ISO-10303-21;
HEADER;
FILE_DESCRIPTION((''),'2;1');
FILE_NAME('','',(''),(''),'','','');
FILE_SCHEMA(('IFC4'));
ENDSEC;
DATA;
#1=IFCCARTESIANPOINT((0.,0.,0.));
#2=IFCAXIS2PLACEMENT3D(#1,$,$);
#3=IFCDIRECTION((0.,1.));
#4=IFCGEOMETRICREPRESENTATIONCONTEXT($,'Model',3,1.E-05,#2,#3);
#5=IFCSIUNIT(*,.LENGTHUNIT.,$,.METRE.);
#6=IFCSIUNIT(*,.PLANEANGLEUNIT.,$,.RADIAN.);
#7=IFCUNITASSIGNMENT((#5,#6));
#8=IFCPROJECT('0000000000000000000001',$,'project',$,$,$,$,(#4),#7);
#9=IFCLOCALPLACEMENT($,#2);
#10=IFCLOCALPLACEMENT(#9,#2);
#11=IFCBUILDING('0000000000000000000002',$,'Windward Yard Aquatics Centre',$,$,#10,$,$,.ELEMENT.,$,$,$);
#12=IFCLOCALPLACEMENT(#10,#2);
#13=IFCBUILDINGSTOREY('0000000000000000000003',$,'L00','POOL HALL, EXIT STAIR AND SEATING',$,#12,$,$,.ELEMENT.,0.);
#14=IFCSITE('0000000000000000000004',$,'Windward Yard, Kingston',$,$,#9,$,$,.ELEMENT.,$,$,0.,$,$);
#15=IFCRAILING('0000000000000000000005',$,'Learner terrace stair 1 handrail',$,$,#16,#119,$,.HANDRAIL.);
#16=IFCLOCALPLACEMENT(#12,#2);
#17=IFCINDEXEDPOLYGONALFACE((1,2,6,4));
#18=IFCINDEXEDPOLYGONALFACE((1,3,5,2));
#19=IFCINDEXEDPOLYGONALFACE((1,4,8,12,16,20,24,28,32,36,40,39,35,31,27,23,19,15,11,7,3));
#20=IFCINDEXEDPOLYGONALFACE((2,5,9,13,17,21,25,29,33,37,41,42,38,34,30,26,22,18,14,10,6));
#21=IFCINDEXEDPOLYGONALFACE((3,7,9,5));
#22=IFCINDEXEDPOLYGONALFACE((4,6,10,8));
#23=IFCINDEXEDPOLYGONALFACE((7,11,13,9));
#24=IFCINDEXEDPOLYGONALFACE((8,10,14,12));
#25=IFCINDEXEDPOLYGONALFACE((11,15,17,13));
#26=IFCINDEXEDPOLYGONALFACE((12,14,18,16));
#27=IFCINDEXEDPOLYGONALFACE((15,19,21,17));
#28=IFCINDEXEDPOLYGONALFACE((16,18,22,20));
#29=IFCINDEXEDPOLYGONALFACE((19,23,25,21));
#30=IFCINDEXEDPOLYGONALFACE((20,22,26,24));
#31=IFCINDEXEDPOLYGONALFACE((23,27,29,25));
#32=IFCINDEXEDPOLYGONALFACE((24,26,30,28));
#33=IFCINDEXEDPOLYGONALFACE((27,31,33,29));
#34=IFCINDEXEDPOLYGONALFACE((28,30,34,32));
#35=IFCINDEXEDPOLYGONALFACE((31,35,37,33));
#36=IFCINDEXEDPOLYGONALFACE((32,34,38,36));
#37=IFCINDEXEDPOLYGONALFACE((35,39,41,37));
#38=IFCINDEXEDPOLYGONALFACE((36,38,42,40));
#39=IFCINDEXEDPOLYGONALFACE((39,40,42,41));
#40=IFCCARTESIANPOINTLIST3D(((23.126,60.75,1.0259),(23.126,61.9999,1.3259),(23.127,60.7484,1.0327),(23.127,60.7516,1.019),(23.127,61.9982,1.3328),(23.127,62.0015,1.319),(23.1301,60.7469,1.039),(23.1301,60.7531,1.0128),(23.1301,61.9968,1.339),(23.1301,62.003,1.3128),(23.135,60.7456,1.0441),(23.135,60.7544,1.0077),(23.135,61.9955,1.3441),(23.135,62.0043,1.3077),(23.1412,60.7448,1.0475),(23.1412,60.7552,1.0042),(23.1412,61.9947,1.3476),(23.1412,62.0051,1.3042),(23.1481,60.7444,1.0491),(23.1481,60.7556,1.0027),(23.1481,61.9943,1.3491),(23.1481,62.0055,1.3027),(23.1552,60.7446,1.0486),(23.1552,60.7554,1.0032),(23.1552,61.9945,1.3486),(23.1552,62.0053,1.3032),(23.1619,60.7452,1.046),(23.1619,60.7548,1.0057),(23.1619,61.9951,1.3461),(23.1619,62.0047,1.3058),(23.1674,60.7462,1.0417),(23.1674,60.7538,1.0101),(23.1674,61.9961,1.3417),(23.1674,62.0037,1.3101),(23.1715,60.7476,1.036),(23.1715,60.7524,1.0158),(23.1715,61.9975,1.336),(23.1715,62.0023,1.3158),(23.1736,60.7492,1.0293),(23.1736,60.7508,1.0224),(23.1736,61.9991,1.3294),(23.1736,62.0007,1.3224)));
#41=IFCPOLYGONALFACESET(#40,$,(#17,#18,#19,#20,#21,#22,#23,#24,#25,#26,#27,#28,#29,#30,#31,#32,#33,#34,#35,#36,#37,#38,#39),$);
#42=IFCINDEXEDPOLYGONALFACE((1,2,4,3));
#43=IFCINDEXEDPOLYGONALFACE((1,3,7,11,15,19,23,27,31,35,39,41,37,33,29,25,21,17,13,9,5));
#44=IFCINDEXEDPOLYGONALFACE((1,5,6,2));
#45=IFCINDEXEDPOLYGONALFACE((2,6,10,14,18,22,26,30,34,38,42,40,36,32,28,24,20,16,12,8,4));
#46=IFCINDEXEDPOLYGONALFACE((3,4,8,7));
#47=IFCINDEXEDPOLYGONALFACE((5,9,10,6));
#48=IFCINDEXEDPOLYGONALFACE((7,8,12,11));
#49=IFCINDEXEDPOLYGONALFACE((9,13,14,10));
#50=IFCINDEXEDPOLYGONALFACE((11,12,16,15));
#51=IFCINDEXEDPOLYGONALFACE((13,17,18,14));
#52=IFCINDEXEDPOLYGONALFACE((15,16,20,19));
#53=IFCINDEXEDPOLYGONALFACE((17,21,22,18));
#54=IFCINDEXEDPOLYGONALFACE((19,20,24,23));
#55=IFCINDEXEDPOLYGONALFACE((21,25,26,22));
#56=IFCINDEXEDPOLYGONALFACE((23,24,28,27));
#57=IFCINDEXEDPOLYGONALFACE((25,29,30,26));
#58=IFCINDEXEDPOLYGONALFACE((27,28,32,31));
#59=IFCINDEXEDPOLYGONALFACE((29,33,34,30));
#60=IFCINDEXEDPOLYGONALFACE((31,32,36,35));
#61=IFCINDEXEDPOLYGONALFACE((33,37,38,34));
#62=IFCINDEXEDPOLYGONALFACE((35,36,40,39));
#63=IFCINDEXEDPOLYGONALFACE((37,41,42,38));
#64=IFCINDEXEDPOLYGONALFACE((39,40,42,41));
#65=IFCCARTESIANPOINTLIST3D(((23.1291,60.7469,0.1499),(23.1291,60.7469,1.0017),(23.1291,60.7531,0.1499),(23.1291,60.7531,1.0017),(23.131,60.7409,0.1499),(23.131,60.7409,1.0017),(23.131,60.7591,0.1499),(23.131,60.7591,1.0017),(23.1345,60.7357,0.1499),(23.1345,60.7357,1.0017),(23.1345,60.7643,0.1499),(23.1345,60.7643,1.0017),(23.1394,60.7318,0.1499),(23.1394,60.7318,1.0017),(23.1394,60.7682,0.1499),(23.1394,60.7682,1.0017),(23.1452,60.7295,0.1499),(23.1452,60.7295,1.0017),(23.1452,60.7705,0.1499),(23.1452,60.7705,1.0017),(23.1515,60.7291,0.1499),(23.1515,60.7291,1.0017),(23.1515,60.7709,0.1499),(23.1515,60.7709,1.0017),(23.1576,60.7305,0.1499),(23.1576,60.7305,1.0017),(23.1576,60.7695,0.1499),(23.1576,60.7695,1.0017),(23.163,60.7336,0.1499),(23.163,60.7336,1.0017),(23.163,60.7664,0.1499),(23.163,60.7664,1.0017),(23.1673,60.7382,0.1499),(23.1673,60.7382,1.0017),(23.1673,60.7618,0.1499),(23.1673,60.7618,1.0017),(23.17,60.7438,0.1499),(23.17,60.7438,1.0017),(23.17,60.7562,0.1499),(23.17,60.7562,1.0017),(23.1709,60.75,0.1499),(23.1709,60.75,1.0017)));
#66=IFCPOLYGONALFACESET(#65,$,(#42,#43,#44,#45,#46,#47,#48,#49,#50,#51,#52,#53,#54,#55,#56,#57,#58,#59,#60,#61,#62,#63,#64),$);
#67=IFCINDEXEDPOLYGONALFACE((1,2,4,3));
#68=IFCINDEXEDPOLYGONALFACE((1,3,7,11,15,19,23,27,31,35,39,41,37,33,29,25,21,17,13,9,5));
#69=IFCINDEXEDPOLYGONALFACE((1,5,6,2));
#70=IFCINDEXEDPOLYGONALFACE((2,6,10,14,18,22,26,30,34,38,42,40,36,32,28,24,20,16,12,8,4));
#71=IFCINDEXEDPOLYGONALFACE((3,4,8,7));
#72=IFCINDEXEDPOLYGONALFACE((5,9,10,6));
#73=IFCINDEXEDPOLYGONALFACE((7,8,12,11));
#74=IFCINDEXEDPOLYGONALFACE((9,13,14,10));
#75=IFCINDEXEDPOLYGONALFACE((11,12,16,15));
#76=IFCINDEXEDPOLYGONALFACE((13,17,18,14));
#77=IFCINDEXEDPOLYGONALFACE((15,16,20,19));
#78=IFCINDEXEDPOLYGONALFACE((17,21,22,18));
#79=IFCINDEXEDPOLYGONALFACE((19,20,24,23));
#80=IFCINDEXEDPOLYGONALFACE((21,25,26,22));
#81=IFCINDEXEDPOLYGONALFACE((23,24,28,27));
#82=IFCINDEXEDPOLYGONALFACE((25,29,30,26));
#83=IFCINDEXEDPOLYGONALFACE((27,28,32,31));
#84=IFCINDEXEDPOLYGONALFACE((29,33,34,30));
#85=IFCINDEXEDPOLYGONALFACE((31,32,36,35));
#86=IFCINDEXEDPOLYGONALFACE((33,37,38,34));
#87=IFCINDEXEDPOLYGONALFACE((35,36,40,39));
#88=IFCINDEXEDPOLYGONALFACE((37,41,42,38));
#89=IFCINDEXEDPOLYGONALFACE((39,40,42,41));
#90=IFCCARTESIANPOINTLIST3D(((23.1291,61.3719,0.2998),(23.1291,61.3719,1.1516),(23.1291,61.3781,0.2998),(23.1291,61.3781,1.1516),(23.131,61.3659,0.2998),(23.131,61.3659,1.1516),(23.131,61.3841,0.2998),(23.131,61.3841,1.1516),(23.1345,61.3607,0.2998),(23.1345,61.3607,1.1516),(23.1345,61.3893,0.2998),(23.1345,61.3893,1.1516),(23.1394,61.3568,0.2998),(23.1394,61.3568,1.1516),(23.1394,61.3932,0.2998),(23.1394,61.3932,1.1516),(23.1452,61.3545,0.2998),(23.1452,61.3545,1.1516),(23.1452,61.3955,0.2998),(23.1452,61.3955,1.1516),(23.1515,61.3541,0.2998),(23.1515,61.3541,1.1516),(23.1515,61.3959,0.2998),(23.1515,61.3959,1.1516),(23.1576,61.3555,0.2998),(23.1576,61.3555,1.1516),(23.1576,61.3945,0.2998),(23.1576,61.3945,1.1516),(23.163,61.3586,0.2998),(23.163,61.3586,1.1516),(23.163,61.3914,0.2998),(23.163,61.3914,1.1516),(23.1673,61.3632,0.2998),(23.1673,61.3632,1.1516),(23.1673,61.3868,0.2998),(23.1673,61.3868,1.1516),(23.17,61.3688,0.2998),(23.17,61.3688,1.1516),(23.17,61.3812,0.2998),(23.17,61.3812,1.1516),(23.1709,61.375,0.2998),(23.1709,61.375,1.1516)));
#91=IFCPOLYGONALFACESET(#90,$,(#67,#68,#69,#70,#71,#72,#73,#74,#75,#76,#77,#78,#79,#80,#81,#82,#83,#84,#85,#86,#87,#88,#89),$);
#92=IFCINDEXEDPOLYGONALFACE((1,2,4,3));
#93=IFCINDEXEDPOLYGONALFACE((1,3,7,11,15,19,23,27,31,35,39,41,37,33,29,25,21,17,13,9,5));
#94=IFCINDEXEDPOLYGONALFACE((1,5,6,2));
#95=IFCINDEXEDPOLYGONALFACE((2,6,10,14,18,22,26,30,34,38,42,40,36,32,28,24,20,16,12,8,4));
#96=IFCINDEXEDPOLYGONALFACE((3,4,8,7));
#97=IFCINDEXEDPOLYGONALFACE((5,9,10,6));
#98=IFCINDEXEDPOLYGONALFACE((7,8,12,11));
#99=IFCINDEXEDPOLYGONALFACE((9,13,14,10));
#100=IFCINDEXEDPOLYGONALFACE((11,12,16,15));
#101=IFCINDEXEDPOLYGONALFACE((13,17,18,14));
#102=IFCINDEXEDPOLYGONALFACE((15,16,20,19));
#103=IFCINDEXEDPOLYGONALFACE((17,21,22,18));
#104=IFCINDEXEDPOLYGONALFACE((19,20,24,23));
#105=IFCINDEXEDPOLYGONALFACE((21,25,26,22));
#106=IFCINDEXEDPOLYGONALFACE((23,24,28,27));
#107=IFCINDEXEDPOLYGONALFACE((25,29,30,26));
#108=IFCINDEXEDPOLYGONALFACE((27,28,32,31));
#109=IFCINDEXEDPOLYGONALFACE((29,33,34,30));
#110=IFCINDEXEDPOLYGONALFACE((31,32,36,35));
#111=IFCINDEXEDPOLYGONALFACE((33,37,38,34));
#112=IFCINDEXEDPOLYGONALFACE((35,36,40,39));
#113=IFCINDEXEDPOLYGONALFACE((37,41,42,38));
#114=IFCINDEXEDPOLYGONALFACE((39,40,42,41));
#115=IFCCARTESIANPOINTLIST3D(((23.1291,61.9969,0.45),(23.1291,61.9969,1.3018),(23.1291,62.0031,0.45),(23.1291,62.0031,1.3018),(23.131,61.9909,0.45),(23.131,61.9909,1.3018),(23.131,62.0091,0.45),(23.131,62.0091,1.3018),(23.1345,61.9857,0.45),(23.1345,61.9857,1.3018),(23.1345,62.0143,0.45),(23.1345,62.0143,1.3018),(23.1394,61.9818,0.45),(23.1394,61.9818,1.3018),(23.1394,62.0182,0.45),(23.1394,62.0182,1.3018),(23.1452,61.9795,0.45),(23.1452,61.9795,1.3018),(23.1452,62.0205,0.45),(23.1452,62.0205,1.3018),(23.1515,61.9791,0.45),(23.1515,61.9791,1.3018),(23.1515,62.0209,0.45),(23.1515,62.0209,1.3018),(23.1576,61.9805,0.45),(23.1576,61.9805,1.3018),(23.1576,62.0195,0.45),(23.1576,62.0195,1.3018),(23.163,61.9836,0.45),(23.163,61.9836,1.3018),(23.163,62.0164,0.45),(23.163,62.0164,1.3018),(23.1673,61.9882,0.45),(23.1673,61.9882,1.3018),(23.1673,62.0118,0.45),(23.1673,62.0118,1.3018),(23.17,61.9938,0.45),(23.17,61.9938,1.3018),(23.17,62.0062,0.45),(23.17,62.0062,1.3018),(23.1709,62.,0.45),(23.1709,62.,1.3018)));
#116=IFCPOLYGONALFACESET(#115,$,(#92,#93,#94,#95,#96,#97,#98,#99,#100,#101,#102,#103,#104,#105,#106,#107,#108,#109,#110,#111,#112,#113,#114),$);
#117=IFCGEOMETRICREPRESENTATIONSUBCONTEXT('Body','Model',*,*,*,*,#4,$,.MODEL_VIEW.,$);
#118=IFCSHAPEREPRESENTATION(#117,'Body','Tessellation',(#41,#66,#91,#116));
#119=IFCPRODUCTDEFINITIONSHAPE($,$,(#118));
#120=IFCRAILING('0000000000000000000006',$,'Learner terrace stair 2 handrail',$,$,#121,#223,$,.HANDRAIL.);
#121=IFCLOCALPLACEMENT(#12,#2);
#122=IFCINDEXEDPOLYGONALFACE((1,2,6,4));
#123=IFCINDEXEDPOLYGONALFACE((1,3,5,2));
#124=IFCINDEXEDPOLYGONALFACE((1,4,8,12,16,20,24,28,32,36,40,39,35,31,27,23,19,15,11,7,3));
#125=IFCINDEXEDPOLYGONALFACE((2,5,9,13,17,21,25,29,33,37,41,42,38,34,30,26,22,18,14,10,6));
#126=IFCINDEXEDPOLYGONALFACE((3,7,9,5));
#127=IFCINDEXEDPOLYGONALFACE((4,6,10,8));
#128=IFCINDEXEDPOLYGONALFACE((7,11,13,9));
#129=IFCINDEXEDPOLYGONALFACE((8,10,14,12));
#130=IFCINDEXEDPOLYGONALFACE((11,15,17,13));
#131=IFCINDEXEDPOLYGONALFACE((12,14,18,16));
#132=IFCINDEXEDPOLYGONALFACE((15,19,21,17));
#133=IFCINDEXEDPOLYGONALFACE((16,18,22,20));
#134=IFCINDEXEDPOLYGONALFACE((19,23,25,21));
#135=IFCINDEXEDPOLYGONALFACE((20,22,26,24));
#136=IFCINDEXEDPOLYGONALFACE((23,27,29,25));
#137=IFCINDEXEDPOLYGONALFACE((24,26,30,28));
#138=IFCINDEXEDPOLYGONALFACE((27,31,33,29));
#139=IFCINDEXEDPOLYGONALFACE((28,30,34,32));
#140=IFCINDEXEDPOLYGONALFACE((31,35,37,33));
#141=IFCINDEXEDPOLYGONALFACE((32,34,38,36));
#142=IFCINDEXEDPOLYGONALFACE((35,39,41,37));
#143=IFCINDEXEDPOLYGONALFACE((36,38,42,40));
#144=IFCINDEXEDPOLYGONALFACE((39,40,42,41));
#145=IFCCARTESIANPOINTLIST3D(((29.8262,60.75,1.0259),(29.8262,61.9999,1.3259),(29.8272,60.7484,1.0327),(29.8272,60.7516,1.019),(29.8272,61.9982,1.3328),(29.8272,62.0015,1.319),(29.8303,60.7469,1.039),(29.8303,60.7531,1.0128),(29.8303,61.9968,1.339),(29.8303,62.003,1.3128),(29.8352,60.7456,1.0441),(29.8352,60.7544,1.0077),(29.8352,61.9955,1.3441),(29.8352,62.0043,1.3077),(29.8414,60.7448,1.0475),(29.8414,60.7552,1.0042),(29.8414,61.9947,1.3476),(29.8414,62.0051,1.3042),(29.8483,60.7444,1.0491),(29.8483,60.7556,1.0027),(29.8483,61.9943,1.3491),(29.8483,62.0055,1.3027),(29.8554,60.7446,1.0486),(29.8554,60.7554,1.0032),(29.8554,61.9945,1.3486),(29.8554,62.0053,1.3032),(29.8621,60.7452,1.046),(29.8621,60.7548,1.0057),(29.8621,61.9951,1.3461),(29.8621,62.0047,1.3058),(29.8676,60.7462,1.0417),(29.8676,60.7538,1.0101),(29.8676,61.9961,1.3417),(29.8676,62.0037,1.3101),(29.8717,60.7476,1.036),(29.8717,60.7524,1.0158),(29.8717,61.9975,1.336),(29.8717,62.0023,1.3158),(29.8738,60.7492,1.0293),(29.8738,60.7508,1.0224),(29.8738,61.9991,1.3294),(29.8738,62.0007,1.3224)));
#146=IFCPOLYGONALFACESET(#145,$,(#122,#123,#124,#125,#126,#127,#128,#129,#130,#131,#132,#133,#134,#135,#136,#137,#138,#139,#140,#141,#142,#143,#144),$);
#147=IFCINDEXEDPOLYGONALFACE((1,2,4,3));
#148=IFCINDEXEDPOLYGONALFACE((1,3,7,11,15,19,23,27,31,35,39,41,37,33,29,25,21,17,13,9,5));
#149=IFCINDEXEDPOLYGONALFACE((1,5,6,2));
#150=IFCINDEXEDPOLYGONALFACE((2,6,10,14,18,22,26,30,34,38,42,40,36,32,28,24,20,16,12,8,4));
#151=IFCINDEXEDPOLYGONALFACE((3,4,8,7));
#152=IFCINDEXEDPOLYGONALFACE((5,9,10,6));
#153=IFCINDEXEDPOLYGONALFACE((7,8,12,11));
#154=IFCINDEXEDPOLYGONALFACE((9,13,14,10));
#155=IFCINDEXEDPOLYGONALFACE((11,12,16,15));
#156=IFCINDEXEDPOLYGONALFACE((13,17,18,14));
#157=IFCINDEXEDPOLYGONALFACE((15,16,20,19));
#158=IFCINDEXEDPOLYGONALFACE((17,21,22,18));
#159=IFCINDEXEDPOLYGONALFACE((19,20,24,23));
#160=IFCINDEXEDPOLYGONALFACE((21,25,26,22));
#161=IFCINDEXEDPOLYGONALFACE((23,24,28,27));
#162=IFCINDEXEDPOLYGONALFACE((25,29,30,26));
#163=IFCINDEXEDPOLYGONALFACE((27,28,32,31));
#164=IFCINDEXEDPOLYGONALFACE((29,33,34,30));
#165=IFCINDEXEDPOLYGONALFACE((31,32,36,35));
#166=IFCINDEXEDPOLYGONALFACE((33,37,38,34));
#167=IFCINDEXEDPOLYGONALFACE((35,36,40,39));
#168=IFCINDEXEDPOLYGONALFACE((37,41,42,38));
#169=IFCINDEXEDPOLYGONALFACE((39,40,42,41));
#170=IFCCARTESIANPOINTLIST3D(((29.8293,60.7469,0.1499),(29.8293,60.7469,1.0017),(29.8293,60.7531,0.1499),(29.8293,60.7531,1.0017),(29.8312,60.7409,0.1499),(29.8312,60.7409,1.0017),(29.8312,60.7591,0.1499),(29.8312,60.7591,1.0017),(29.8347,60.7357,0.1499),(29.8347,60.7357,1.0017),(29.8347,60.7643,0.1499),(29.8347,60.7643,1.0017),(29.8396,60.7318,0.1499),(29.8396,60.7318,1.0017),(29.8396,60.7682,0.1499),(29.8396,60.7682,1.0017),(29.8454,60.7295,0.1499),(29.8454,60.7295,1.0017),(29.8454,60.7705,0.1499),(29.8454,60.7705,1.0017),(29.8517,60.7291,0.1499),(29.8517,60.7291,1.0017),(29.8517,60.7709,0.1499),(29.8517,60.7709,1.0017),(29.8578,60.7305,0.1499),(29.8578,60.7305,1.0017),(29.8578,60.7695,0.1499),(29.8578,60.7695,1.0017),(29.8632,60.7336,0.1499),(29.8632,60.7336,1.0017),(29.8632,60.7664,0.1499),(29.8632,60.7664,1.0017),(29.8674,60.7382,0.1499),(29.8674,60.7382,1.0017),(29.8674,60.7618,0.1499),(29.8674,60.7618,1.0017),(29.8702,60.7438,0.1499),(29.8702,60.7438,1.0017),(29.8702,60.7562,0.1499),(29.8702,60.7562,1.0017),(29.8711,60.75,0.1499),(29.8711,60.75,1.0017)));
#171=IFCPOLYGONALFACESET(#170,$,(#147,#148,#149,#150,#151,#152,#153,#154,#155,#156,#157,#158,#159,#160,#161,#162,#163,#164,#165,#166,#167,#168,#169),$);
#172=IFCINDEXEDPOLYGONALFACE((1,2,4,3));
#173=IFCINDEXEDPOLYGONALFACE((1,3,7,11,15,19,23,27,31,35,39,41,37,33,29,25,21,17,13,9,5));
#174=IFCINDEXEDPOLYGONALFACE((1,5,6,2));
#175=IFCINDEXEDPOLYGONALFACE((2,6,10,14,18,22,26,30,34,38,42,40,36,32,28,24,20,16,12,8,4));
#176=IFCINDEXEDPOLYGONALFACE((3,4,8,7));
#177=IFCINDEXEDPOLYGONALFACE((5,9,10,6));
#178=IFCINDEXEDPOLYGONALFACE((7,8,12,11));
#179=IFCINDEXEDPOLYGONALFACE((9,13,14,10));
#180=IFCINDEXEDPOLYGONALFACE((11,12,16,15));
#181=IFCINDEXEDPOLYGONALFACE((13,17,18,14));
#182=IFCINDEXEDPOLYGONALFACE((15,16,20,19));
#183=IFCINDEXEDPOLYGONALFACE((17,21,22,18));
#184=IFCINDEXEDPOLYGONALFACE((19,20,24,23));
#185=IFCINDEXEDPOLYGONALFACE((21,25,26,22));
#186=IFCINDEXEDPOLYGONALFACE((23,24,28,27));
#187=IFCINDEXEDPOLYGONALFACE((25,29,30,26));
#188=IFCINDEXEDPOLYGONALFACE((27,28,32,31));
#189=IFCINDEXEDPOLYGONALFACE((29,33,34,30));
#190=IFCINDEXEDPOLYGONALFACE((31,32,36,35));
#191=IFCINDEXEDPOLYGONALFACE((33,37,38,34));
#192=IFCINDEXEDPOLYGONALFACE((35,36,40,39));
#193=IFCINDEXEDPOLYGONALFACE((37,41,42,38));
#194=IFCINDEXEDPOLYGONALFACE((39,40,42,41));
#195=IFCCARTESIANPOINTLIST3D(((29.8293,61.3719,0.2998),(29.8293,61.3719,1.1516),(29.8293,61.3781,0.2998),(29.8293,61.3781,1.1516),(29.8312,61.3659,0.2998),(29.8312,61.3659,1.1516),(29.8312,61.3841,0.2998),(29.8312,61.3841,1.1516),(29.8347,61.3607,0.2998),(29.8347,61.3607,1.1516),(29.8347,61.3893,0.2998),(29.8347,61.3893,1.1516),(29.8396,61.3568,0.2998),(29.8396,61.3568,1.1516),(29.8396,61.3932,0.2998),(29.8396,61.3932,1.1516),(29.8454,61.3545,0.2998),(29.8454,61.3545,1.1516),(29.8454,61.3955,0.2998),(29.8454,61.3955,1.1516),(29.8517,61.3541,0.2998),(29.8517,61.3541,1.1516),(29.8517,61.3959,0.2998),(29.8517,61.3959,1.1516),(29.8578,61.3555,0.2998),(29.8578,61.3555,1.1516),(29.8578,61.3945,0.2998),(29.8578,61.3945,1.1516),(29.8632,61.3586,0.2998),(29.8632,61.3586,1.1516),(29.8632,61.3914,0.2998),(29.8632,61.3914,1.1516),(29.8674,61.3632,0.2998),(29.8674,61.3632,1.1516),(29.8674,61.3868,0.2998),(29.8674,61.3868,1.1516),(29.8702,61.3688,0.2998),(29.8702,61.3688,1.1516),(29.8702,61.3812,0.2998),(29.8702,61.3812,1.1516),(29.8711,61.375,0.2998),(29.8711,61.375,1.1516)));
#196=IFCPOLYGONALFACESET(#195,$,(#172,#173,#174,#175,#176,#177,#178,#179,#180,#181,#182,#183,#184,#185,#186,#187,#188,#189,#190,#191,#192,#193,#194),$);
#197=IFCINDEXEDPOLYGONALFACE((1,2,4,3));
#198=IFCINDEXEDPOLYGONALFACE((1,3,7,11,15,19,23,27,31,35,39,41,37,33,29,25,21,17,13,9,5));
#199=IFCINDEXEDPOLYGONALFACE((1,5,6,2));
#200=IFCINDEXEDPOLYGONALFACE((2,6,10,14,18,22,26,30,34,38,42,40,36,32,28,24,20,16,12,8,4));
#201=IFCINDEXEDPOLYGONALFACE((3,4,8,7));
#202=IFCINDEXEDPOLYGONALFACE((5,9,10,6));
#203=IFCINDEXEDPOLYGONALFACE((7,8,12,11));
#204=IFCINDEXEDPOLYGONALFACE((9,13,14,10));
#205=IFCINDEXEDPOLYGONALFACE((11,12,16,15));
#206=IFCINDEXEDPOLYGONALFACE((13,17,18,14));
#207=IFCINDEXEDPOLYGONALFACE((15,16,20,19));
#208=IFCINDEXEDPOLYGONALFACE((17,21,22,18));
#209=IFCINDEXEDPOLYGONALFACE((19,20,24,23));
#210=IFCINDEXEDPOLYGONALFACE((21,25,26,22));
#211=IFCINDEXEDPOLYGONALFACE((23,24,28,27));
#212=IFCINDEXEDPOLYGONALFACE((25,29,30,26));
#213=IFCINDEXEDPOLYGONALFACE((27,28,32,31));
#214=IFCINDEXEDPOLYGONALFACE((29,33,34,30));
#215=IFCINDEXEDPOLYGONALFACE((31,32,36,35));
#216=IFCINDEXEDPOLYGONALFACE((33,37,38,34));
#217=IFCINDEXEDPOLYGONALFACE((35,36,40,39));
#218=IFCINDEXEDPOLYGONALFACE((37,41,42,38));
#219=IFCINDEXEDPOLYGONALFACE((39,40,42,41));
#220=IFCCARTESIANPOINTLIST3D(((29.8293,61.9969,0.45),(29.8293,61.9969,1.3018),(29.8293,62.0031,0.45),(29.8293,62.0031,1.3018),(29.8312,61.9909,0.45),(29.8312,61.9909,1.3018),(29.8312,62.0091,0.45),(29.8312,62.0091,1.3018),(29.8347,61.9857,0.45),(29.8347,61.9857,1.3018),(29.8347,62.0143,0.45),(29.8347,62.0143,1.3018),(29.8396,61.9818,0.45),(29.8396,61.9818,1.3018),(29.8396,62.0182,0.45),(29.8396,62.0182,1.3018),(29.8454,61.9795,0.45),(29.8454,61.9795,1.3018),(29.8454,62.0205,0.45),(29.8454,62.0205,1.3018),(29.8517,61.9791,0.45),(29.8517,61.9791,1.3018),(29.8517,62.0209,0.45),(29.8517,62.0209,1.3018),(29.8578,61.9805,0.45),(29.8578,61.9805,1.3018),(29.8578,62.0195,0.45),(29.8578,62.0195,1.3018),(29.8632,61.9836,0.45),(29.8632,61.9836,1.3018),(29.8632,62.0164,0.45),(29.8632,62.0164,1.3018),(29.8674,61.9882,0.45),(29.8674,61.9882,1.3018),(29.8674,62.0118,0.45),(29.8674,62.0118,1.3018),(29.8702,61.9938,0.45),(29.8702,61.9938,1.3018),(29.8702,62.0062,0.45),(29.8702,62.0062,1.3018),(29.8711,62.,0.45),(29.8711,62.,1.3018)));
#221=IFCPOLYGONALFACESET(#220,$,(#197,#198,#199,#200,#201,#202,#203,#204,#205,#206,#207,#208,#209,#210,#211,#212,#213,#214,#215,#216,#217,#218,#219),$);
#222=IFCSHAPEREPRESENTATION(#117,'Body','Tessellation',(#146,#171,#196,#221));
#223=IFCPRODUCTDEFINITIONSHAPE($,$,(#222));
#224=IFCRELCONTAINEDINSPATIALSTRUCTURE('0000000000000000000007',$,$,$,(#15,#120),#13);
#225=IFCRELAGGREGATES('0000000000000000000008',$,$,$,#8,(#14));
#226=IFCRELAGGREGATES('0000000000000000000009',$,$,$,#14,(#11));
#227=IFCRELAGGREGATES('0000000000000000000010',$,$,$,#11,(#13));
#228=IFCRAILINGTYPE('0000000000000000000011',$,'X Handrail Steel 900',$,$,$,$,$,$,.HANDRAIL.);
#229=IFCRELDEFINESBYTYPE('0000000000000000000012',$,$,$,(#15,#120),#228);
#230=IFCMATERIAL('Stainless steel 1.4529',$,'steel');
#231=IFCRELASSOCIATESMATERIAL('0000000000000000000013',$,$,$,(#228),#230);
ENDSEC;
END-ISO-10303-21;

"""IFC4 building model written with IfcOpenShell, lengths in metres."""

from ifc_helpers import new_model, si_unit, direction, frame, origin, origin_2d, place, context, subcontext, project, spatial, circle, extrude, material, type_object, element, save


model = new_model("IFC4")

# Units and contexts
model_context = context("Model", 3, precision=1e-05, world=origin(), true_north=direction((0.0, 1.0)))
body_context = subcontext(model_context, "Body", "Model", "MODEL_VIEW")
ifc_project = project(units=[si_unit("LENGTHUNIT", "METRE"), si_unit("PLANEANGLEUNIT", "RADIAN")], contexts=[model_context])

# Site, building, storey
site_placement = place(None, origin())
site = spatial("IfcSite", under=ifc_project, at=site_placement, Name="Windward Yard, Kingston", CompositionType="ELEMENT", RefElevation=0.0)
building_placement = place(site_placement, origin())
building = spatial("IfcBuilding", under=site, at=building_placement, Name="Windward Yard Aquatics Centre", CompositionType="ELEMENT")
storey_placement = place(building_placement, origin())
storey = spatial("IfcBuildingStorey", under=building, at=storey_placement, Name="L00", Description="POOL HALL, EXIT STAIR AND SEATING", CompositionType="ELEMENT", Elevation=0.0)

# Railings
ifc_material_1 = material(Name="Stainless steel 1.4529", Category="steel")
railing_type = type_object("IfcRailingType", Name="X Handrail Steel 900", PredefinedType="HANDRAIL", material=ifc_material_1)
for number, where, name in (
    (1, (23.1499, 60.75, 0.1499), "Learner terrace stair 1 handrail"),
    (2, (29.8501, 60.75, 0.1499), "Learner terrace stair 2 handrail"),
):
    element("IfcRailing", number, at=place(storey_placement, frame(where)), inside=storey, type_object=railing_type, Name=name, PredefinedType="HANDRAIL", context=body_context, shape_type="SweptSolid", body=[
        extrude(circle(Radius=0.0239, at=origin_2d()), frame((0.0, 0.0, 0.876), z_axis=(0.0, 0.972379, 0.233409), x_axis=(-1.0, 0.0, 0.0)), (0.0, 0.0, 1.0), 1.2854),
        extrude(circle(Radius=0.021, at=origin_2d()), origin(), (0.0, 0.0, 1.0), 0.8518),
        extrude(circle(Radius=0.021, at=origin_2d()), frame((0.0, 0.625, 0.1499)), (0.0, 0.0, 1.0), 0.8518),
        extrude(circle(Radius=0.021, at=origin_2d()), frame((0.0, 1.25, 0.3)), (0.0, 0.0, 1.0), 0.8518),
    ])

save(model, "model.ifc")
